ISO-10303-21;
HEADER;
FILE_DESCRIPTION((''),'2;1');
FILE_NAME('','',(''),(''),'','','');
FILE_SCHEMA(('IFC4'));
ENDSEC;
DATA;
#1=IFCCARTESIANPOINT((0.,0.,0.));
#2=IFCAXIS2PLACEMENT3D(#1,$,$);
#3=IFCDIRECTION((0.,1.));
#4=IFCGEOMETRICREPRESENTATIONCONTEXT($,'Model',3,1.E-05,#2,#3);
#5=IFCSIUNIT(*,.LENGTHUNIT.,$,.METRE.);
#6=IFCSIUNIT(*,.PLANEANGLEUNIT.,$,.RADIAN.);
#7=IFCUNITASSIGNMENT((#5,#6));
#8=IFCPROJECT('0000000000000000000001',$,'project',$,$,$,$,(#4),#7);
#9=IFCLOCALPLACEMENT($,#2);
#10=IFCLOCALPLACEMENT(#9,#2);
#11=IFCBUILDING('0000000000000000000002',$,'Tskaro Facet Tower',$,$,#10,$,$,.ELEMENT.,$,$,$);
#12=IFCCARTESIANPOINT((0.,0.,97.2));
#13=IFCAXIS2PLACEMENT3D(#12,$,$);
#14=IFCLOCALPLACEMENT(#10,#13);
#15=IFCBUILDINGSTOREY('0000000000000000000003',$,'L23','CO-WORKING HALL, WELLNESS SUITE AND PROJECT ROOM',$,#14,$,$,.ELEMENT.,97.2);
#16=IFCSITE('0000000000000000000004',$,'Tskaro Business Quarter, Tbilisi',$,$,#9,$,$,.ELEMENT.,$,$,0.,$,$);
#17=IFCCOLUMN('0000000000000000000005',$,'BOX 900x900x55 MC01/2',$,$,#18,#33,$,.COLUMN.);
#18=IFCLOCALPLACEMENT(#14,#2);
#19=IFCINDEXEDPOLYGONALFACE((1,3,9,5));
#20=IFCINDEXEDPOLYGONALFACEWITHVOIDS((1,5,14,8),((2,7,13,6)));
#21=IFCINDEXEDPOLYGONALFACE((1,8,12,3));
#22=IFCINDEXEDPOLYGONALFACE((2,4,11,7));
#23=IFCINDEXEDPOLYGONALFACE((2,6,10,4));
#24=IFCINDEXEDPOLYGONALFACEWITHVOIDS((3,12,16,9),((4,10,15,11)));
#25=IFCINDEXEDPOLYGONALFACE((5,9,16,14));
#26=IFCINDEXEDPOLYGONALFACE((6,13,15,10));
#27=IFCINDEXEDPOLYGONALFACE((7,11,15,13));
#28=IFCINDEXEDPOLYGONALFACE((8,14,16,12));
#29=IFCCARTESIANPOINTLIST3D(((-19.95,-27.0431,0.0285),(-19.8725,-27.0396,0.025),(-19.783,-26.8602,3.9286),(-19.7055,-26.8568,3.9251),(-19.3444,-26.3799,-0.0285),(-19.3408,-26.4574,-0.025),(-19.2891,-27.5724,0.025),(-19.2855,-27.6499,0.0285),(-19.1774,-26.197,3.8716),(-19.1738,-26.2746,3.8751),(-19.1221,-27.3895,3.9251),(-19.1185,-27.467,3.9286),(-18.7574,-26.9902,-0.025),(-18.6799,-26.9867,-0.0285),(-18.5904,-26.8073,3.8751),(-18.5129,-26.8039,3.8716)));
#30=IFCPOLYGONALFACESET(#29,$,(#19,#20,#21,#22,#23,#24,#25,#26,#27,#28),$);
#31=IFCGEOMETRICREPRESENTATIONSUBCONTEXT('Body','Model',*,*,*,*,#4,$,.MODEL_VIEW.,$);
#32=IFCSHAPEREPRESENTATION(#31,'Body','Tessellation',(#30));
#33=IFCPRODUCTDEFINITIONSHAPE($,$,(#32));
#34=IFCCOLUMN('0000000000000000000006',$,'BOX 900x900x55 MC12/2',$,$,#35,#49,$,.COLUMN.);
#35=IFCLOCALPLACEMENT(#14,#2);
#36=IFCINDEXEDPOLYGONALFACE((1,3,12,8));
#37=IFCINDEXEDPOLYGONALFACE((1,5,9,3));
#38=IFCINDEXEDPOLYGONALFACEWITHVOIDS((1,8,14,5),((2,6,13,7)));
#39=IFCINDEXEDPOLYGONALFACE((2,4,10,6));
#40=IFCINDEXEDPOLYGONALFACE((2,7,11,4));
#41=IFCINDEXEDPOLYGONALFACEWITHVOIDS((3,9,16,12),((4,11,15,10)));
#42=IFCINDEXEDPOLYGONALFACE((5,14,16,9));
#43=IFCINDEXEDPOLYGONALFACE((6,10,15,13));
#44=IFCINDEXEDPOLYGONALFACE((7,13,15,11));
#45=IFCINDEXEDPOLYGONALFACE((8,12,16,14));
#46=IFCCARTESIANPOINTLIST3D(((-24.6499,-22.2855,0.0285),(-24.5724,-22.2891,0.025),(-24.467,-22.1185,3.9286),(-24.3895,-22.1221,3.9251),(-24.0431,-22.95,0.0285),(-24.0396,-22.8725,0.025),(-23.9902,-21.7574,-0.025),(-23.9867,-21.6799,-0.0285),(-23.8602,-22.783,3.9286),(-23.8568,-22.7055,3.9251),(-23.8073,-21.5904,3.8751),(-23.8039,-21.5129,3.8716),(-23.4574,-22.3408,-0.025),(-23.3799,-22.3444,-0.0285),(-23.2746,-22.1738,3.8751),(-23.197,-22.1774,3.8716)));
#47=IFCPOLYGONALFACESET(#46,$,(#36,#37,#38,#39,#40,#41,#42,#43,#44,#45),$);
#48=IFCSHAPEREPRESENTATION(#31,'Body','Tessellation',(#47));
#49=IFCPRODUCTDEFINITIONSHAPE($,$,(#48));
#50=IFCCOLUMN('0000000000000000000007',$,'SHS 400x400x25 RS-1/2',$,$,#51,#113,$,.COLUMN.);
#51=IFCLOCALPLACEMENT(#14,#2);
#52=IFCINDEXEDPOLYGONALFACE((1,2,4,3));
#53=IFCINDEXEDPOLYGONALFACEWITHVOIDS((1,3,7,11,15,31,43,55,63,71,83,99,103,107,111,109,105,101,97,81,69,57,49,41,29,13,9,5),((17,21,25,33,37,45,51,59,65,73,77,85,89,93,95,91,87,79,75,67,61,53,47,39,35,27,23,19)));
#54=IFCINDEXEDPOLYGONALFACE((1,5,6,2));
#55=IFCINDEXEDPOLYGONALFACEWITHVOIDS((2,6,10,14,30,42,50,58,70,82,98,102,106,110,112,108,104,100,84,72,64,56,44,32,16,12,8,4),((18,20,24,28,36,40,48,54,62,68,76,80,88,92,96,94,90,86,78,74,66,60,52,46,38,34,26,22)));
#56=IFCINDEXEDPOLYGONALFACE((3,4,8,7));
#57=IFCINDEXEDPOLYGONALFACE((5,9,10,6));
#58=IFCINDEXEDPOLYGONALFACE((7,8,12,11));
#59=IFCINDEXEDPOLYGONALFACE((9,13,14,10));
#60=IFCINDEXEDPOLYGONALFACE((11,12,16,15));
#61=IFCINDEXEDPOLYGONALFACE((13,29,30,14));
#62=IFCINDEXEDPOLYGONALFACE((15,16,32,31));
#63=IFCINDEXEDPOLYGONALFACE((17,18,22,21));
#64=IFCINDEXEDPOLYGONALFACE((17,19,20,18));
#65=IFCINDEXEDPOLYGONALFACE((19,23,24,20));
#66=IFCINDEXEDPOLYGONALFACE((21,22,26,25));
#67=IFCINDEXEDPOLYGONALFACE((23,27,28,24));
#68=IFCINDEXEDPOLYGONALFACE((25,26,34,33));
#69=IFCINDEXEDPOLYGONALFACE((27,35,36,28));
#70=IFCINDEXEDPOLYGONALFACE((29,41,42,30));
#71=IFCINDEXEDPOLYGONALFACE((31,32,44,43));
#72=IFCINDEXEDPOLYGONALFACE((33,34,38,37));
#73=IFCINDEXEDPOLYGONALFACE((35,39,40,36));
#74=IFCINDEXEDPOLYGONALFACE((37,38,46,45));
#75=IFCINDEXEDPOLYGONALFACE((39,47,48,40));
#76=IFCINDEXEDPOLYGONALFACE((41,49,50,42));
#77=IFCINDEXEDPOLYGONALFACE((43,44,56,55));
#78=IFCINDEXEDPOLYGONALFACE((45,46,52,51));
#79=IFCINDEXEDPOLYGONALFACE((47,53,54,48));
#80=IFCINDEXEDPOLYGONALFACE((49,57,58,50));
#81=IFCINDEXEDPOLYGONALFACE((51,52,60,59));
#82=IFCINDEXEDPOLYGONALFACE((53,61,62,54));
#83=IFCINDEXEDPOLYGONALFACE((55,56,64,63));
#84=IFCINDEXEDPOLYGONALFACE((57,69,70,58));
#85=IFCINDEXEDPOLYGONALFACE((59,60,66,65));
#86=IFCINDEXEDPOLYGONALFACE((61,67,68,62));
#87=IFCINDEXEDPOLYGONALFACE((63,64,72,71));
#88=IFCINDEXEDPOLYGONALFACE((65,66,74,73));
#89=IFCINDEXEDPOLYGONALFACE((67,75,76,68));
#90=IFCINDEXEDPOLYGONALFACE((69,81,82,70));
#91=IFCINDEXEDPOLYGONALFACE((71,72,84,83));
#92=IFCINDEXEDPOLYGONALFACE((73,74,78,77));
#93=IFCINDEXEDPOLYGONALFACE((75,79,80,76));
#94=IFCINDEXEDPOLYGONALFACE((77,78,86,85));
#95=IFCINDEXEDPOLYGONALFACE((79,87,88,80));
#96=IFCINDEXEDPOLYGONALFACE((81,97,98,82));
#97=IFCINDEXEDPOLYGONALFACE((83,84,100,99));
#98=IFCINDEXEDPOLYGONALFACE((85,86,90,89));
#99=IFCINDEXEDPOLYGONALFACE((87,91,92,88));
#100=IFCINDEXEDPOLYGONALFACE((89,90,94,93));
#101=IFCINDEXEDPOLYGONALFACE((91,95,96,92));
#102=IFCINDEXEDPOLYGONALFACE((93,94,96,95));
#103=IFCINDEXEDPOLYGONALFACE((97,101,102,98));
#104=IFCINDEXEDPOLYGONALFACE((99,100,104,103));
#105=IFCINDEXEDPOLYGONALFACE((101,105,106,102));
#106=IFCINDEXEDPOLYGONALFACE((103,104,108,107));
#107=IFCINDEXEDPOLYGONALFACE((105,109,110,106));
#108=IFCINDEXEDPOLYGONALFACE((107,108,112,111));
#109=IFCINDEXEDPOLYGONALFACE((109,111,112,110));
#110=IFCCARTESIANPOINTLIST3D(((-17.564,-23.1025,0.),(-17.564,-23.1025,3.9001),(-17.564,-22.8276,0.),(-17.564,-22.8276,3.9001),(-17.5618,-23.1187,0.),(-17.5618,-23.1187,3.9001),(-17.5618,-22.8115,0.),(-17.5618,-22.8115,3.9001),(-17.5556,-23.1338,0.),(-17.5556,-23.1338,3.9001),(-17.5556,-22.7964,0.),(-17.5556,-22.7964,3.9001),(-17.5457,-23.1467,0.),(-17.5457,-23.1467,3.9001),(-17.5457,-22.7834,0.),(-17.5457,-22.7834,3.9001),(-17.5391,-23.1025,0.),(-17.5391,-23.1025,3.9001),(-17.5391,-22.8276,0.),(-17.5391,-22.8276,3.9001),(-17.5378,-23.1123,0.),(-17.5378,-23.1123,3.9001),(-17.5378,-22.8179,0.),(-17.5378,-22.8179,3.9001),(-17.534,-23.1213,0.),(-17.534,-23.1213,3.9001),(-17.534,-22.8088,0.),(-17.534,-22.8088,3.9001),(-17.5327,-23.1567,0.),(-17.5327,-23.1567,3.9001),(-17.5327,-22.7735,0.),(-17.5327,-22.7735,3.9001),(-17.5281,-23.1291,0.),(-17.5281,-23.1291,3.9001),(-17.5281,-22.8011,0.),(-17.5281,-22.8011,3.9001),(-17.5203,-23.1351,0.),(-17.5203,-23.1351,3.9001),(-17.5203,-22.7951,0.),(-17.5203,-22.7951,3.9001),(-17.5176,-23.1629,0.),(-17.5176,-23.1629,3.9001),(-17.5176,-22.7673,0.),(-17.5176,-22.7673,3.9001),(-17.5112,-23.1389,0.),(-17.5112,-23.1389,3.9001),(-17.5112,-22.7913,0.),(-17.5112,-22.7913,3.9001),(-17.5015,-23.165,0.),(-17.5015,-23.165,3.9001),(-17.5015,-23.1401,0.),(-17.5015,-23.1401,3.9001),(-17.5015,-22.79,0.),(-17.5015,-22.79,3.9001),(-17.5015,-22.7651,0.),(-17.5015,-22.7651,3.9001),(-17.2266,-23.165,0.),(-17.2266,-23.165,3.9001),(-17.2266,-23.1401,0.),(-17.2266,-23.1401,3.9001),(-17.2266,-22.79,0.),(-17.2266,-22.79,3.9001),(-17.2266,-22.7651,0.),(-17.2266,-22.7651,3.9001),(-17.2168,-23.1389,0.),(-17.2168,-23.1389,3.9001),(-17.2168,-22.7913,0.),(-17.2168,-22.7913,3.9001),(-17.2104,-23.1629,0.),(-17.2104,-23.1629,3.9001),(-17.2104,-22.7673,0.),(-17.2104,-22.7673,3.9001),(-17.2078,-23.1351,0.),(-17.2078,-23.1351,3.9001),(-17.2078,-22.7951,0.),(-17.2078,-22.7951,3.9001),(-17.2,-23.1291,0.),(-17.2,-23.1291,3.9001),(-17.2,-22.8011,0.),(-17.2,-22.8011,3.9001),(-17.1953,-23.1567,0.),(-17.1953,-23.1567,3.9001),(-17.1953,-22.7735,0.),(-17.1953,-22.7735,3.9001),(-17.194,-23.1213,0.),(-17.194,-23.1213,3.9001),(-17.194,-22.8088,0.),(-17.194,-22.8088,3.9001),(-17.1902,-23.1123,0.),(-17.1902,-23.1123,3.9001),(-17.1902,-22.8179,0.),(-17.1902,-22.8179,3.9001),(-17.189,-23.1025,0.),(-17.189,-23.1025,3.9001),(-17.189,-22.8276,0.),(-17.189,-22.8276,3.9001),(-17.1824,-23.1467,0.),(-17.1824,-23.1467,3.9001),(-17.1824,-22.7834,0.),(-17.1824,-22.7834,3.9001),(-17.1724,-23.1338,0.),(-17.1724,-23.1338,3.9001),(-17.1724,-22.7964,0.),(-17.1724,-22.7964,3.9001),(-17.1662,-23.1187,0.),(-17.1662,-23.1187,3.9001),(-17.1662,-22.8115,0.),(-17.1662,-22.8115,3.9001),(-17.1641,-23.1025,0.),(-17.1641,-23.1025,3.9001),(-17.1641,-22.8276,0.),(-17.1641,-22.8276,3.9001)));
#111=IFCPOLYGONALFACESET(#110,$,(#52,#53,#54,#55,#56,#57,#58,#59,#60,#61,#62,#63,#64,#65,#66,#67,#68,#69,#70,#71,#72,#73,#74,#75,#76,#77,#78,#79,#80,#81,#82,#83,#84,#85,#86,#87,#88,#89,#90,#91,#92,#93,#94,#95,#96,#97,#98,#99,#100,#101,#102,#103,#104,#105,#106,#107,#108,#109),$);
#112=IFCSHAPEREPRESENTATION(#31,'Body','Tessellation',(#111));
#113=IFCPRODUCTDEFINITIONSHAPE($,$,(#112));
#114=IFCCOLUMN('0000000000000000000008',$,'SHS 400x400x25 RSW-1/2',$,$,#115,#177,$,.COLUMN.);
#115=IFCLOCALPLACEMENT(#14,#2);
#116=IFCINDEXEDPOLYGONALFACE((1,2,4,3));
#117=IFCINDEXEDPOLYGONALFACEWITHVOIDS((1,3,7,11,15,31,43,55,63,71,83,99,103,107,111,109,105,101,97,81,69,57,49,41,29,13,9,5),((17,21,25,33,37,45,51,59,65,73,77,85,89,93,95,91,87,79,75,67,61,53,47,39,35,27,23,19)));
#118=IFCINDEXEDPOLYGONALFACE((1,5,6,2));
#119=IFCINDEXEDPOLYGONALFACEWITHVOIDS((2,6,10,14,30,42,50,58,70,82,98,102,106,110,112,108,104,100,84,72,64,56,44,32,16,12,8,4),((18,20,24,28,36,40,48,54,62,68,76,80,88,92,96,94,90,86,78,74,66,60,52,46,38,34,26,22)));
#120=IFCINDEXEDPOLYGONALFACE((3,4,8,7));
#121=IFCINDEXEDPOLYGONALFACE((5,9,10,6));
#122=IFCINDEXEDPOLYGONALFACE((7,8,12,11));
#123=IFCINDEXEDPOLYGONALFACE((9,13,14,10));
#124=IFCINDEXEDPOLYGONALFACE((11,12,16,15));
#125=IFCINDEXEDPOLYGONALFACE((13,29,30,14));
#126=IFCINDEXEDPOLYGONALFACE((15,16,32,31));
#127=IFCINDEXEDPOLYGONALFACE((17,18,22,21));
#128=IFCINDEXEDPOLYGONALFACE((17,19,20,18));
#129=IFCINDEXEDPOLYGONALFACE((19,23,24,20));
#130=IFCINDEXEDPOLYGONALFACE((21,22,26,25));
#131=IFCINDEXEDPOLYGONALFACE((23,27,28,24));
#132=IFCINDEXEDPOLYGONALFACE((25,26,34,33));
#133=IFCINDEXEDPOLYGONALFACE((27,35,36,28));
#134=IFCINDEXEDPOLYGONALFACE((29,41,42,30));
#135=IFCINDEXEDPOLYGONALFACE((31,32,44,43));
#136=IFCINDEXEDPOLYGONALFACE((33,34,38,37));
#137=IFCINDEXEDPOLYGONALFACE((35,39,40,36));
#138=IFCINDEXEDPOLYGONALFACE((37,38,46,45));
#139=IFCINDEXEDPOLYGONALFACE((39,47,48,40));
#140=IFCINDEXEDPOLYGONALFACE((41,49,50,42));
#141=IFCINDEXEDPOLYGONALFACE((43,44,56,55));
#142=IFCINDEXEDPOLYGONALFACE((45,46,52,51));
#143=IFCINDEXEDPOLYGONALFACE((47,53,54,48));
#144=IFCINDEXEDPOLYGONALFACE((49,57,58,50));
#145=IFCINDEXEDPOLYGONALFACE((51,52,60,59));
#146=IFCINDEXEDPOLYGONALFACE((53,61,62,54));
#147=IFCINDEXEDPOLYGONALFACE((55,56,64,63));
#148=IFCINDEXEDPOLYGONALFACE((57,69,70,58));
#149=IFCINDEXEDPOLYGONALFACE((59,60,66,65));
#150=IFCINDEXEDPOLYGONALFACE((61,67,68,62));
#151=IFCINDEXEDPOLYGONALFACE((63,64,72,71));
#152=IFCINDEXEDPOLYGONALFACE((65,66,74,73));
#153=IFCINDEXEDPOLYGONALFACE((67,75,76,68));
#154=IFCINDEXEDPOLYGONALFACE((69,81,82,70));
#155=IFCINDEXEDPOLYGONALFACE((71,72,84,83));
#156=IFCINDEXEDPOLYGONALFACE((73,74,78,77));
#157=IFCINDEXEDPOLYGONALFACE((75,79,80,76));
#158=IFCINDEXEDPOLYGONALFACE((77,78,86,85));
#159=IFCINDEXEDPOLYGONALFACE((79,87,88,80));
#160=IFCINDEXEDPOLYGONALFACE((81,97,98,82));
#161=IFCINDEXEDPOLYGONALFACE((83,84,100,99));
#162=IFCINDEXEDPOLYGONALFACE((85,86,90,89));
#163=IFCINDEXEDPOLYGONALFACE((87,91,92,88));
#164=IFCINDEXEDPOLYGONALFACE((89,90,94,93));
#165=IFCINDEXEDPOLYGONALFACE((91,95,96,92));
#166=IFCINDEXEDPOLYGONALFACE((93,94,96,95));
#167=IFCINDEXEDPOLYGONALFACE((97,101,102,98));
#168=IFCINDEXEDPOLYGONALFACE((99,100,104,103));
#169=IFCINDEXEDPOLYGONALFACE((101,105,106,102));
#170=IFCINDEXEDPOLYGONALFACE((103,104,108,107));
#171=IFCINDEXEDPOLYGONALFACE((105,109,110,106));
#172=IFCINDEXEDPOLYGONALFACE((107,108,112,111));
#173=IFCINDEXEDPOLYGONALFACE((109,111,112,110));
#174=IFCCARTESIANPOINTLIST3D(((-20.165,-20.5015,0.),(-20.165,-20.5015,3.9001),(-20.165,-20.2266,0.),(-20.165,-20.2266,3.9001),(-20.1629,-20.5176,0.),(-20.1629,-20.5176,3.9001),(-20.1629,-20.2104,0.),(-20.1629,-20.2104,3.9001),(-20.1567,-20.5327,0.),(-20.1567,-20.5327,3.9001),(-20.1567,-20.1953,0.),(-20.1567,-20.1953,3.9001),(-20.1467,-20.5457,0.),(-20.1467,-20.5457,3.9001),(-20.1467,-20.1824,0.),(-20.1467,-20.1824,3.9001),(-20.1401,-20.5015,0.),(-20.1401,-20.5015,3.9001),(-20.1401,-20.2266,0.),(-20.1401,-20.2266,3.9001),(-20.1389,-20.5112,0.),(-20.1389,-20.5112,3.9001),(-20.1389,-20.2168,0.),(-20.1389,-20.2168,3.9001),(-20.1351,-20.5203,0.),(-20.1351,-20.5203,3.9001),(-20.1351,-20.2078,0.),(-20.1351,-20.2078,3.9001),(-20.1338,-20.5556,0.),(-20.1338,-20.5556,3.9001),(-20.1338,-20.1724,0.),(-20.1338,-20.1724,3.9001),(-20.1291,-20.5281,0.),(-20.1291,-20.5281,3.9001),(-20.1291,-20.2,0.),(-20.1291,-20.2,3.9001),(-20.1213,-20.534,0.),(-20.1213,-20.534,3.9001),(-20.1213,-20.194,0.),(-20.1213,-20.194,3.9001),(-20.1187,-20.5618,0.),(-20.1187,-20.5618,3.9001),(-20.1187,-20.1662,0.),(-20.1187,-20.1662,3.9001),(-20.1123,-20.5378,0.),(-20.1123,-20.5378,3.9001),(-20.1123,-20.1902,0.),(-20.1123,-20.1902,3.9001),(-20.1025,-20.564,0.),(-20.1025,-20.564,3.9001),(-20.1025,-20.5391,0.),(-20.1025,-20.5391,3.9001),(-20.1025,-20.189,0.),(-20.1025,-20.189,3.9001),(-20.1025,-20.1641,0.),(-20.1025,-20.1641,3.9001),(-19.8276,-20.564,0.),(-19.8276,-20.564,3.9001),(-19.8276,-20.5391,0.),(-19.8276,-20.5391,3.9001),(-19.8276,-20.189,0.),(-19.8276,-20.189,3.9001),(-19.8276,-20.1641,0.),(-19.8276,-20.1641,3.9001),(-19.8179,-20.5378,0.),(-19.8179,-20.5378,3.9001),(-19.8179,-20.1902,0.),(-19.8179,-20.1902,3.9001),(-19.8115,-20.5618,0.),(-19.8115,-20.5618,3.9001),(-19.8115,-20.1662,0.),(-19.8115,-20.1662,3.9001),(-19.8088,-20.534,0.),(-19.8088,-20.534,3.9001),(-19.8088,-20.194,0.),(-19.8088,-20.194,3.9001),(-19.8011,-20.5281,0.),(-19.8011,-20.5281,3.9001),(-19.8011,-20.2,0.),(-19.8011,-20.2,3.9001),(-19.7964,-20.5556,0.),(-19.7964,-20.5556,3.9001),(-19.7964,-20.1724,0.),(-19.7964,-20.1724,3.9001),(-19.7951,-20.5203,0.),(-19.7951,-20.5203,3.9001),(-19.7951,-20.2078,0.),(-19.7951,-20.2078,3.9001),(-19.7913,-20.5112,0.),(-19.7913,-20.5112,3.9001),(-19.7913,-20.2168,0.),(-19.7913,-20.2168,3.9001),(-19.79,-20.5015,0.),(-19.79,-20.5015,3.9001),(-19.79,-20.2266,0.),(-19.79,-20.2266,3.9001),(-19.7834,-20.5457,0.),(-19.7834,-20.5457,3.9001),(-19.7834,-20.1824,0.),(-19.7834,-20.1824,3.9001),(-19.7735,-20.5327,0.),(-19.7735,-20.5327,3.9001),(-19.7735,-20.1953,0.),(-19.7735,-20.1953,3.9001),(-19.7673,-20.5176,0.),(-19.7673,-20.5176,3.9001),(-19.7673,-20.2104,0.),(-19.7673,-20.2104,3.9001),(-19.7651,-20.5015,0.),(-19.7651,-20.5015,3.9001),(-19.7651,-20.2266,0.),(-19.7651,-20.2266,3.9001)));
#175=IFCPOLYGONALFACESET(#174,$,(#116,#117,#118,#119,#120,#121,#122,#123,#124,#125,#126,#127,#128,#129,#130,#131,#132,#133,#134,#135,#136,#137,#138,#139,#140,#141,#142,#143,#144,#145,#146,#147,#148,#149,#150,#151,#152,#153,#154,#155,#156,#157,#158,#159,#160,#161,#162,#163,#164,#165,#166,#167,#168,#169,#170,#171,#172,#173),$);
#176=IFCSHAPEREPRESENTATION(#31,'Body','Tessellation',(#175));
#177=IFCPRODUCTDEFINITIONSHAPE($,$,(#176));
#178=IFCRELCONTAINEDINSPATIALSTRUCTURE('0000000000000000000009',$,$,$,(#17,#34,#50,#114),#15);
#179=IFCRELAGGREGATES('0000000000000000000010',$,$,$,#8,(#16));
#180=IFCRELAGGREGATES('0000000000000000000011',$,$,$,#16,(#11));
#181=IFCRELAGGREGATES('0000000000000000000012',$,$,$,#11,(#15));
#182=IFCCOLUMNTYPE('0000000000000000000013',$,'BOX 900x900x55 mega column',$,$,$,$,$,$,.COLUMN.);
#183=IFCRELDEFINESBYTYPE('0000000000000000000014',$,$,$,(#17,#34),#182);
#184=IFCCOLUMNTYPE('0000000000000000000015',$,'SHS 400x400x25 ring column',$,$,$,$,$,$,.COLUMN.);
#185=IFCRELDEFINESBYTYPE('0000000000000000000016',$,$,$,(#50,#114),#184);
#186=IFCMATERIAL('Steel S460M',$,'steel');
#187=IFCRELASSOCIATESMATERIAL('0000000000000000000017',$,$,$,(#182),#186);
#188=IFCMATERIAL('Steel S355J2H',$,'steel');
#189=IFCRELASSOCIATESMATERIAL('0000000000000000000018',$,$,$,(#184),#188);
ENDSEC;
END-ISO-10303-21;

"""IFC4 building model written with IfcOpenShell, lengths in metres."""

from ifc_helpers import new_model, si_unit, direction, frame, origin, origin_2d, place, context, subcontext, project, spatial, hollow_rectangle, extrude, material, material_profile, profile_set, type_object, element, save


model = new_model("IFC4")

# Units and contexts
model_context = context("Model", 3, precision=1e-05, world=origin(), true_north=direction((0.0, 1.0)))
body_context = subcontext(model_context, "Body", "Model", "MODEL_VIEW")
ifc_project = project(units=[si_unit("LENGTHUNIT", "METRE"), si_unit("PLANEANGLEUNIT", "RADIAN")], contexts=[model_context])

# Site, building, storey
site_placement = place(None, origin())
site = spatial("IfcSite", under=ifc_project, at=site_placement, Name="Tskaro Business Quarter, Tbilisi", CompositionType="ELEMENT", RefElevation=0.0)
building_placement = place(site_placement, origin())
building = spatial("IfcBuilding", under=site, at=building_placement, Name="Tskaro Facet Tower", CompositionType="ELEMENT")
storey_placement = place(building_placement, frame((0.0, 0.0, 97.2)))
storey = spatial("IfcBuildingStorey", under=building, at=storey_placement, Name="L23", Description="CO-WORKING HALL, WELLNESS SUITE AND PROJECT ROOM", CompositionType="ELEMENT", Elevation=97.2)

# Columns
ifc_material_1 = material(Name="Steel S460M", Category="steel")
ifc_material_profile_1 = material_profile(ifc_material_1, hollow_rectangle(XDim=0.8999, YDim=0.8999, WallThickness=0.0549, at=origin_2d()), Name="BOX 900x900x55")
ifc_profile_set_1 = profile_set([ifc_material_profile_1], Name="Steel S460M")
column_type_1 = type_object("IfcColumnType", Name="BOX 900x900x55 mega column", PredefinedType="COLUMN", material=ifc_profile_set_1)
for number, where, z_axis, x_axis, name in (
    (1, (-19.3149, -27.0149, 0.0), (0.042731, 0.046792, 0.99799), (-0.738421, 0.674339, 0.0), "BOX 900x900x55 MC01/2"),
    (2, (-24.0149, -22.3149, 0.0), (0.046792, 0.042731, 0.99799), (-0.674339, 0.738421, 0.0), "BOX 900x900x55 MC12/2"),
):
    element("IfcColumn", number, at=place(storey_placement, frame(where, z_axis=z_axis, x_axis=x_axis)), inside=storey, type_object=column_type_1, Name=name, PredefinedType="COLUMN", context=body_context, shape_type="SweptSolid", body=[
        extrude(hollow_rectangle(XDim=0.8999, YDim=0.8999, WallThickness=0.0549, at=origin_2d()), origin(), (0.0, 0.0, 1.0), 3.908),
    ])
ifc_material_2 = material(Name="Steel S355J2H", Category="steel")
ifc_material_profile_2 = material_profile(ifc_material_2, hollow_rectangle(XDim=0.3999, YDim=0.3999, WallThickness=0.0249, InnerFilletRadius=0.0376, OuterFilletRadius=0.0625, at=origin_2d()), Name="SHS 400x400x25")
ifc_profile_set_2 = profile_set([ifc_material_profile_2], Name="Steel S355J2H")
column_type_2 = type_object("IfcColumnType", Name="SHS 400x400x25 ring column", PredefinedType="COLUMN", material=ifc_profile_set_2)
for number, where, z_axis, x_axis, name in (
    (3, (-17.364, -22.9651, 0.0), (0.0, 0.0, 1.0), (1.0, 0.0, 0.0), "SHS 400x400x25 RS-1/2"),
    (4, (-19.9651, -20.364, 0.0), (0.0, 0.0, 1.0), (1.0, 0.0, 0.0), "SHS 400x400x25 RSW-1/2"),
):
    element("IfcColumn", number, at=place(storey_placement, frame(where, z_axis=z_axis, x_axis=x_axis)), inside=storey, type_object=column_type_2, Name=name, PredefinedType="COLUMN", context=body_context, shape_type="SweptSolid", body=[
        extrude(hollow_rectangle(XDim=0.3999, YDim=0.3999, WallThickness=0.0249, InnerFilletRadius=0.0376, OuterFilletRadius=0.0625, at=origin_2d()), origin(), (0.0, 0.0, 1.0), 3.9001),
    ])

save(model, "model.ifc")
